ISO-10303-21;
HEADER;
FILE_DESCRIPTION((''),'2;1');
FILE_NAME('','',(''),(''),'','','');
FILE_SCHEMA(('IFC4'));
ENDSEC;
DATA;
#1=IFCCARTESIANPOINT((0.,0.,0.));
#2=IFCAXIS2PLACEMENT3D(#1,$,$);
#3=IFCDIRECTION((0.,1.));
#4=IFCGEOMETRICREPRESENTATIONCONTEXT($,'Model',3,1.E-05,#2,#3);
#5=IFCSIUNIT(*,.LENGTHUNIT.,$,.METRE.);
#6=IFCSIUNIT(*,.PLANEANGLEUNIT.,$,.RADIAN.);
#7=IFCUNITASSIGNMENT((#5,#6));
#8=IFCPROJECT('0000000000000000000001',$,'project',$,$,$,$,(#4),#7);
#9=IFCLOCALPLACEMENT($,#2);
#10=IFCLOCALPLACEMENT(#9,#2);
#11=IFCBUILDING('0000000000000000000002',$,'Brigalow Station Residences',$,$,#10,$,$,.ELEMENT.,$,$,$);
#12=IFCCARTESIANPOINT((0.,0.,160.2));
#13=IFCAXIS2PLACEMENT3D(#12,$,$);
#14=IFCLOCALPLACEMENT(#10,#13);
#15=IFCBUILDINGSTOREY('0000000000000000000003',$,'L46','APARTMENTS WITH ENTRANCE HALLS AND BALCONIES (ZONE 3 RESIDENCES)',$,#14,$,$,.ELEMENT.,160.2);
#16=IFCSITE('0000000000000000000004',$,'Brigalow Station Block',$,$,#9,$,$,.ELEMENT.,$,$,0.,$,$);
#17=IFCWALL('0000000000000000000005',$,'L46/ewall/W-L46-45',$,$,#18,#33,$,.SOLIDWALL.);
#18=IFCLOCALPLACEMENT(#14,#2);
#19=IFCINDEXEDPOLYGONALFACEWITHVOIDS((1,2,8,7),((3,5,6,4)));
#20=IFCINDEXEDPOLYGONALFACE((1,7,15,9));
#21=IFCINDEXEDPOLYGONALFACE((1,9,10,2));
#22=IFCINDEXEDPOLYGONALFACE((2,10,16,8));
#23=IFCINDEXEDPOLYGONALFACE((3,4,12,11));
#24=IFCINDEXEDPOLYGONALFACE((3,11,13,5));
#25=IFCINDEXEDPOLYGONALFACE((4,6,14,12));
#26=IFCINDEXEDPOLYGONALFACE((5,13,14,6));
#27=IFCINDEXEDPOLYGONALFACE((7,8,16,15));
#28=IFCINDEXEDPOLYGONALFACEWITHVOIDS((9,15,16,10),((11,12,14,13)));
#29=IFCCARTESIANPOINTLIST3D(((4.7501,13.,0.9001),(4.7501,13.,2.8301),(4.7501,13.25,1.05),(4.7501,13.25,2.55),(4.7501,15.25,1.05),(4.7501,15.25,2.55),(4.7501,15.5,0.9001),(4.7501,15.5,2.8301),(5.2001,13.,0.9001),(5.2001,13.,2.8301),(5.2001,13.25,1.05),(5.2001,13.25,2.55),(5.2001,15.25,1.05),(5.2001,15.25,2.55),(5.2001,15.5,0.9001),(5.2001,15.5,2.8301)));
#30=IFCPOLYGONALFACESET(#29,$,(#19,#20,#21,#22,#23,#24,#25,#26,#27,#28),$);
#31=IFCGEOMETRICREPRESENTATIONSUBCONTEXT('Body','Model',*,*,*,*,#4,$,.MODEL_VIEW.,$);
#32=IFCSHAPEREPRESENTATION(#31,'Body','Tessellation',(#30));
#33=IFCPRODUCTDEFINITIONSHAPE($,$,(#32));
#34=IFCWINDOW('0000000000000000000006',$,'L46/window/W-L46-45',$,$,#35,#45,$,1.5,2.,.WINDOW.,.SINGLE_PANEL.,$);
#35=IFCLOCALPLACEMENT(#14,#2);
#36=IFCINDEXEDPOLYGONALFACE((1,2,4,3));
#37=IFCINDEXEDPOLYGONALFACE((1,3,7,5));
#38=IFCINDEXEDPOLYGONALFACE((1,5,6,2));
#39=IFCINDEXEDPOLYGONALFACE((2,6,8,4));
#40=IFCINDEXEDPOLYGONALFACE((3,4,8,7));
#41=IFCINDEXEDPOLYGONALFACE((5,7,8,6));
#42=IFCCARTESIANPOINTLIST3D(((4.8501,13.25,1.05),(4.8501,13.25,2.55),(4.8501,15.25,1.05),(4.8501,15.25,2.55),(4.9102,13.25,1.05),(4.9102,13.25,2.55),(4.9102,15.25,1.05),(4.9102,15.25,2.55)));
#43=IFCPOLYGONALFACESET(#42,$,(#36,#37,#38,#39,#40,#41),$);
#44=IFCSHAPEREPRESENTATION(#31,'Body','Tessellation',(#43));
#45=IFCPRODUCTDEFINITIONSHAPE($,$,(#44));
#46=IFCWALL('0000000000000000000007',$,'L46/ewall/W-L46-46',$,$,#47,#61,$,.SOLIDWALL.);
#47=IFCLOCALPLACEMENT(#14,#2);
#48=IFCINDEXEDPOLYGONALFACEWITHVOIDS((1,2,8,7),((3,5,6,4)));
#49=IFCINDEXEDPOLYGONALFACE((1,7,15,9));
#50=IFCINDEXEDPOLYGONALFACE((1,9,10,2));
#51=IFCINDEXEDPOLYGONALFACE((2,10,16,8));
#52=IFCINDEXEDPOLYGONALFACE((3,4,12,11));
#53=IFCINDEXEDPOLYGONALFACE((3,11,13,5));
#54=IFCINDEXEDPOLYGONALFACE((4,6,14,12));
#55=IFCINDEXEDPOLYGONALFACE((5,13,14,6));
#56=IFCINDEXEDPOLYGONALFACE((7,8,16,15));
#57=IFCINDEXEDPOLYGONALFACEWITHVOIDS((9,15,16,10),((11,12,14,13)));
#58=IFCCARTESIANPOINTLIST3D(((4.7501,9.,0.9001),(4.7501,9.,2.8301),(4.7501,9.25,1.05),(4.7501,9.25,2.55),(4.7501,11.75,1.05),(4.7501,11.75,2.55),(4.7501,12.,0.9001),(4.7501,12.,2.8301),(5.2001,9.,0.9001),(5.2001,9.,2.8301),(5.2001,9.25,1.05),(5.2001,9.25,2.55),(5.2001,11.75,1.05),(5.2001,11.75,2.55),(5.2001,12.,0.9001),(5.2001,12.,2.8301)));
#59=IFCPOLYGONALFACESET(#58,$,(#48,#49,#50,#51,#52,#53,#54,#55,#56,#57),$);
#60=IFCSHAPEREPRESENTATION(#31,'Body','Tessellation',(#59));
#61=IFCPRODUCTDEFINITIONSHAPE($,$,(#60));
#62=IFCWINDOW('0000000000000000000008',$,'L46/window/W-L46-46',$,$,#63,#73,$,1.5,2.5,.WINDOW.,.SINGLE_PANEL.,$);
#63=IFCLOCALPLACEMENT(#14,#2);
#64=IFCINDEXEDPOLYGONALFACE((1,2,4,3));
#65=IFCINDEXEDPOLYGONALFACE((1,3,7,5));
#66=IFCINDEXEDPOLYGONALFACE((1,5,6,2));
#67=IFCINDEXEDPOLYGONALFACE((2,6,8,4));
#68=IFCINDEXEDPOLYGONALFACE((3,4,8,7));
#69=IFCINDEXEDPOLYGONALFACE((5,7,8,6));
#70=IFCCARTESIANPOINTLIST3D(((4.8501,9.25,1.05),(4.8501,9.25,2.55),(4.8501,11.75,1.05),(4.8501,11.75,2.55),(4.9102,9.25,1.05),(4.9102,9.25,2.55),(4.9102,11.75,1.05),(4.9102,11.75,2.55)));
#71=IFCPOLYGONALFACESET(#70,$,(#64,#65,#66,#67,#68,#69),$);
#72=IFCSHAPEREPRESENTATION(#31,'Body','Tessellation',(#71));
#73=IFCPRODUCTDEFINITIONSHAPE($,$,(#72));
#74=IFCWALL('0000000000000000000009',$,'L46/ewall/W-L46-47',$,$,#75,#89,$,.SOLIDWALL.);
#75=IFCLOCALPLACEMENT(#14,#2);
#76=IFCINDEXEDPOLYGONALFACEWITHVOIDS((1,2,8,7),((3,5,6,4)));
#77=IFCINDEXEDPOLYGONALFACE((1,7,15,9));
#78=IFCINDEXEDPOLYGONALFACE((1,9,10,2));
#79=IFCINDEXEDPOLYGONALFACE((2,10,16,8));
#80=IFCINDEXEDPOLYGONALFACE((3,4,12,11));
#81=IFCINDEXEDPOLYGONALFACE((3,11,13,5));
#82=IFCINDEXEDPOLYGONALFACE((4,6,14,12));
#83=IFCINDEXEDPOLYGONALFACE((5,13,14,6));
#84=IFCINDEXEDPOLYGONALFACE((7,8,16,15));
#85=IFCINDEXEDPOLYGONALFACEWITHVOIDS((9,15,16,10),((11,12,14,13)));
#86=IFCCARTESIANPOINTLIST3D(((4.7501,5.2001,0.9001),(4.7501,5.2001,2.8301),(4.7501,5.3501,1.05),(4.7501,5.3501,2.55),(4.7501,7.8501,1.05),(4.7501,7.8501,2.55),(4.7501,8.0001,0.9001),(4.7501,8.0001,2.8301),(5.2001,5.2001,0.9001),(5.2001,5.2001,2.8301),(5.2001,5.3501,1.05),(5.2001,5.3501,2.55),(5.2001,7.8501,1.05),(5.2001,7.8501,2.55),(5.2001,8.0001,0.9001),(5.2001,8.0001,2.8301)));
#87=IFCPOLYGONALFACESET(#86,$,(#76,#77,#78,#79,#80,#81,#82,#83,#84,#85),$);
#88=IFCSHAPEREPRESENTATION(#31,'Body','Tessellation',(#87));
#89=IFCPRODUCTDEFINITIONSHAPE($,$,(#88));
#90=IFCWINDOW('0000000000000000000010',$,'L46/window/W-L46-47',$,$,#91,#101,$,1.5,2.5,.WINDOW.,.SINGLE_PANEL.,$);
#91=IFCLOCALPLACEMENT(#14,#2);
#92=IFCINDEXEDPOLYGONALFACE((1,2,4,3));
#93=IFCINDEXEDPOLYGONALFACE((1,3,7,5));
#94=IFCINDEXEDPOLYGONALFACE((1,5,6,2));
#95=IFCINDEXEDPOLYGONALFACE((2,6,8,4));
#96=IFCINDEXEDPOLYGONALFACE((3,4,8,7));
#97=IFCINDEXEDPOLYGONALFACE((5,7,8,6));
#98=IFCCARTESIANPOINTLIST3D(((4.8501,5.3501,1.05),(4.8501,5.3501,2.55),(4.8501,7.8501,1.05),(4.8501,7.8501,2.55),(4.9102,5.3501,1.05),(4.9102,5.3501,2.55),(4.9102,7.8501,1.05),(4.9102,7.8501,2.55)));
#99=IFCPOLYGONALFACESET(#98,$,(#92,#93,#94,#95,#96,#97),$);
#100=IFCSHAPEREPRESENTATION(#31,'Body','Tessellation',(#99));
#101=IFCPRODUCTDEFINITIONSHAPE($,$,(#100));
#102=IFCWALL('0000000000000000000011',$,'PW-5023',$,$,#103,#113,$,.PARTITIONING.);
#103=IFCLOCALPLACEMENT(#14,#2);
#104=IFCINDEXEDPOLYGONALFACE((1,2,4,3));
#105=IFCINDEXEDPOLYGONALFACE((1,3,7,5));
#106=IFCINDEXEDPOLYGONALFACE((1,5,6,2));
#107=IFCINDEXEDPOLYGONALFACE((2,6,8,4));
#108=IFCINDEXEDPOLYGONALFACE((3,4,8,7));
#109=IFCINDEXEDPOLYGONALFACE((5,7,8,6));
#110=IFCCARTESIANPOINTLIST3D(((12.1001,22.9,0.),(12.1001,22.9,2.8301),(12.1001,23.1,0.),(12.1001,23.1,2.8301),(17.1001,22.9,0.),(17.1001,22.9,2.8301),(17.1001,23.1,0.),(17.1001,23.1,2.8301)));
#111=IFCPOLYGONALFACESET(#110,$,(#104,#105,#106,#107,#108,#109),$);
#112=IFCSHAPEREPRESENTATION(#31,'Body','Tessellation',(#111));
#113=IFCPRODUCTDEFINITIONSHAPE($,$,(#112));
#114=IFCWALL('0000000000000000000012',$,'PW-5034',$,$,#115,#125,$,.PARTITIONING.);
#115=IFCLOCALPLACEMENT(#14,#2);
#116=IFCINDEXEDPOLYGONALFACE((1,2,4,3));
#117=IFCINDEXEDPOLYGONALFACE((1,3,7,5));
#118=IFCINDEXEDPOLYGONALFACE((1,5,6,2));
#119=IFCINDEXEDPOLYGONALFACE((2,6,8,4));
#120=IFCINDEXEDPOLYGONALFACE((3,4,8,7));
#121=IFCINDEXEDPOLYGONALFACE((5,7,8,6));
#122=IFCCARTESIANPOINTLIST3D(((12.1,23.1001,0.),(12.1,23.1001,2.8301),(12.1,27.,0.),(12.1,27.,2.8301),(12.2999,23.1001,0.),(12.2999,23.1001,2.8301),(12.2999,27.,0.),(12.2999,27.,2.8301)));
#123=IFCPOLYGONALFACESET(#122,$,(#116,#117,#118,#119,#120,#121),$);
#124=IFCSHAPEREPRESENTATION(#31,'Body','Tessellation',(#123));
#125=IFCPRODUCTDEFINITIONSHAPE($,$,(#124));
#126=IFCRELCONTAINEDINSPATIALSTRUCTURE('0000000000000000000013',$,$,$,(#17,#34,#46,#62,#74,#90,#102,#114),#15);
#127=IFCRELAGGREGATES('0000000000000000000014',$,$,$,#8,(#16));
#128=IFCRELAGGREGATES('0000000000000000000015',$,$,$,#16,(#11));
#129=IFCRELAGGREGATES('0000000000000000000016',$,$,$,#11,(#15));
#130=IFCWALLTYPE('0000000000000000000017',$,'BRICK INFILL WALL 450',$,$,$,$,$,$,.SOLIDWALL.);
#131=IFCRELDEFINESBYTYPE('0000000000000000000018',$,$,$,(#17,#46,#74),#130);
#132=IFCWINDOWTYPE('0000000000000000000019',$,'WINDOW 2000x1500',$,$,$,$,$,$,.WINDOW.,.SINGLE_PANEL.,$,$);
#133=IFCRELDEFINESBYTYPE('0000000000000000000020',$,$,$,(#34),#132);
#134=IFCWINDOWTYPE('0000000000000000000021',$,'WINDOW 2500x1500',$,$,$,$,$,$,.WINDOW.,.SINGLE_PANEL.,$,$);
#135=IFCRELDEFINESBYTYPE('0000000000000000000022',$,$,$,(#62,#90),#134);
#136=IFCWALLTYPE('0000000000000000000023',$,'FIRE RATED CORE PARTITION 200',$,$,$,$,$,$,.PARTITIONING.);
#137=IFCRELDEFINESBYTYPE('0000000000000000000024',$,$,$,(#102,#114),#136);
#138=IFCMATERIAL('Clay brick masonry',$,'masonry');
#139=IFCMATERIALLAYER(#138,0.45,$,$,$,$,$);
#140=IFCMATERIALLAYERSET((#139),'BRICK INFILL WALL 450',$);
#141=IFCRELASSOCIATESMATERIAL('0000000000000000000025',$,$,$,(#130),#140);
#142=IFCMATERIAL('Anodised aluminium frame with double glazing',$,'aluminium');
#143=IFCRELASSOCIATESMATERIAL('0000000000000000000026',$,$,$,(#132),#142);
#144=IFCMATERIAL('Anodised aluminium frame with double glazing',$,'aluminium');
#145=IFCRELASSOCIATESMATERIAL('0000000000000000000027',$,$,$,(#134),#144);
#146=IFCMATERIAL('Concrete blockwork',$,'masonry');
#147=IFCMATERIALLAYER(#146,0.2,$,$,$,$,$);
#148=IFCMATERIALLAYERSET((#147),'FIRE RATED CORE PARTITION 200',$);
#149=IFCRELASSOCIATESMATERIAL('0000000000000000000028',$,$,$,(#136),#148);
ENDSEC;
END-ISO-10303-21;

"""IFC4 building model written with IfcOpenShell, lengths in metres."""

from ifc_helpers import new_model, si_unit, direction, frame, frame_2d, origin, place, context, subcontext, project, spatial, rectangle, extrude, material, layer, layer_set, type_object, element, fill, save


model = new_model("IFC4")

# Units and contexts
model_context = context("Model", 3, precision=1e-05, world=origin(), true_north=direction((0.0, 1.0)))
body_context = subcontext(model_context, "Body", "Model", "MODEL_VIEW")
ifc_project = project(units=[si_unit("LENGTHUNIT", "METRE"), si_unit("PLANEANGLEUNIT", "RADIAN")], contexts=[model_context])

# Site, building, storey
site_placement = place(None, origin())
site = spatial("IfcSite", under=ifc_project, at=site_placement, Name="Brigalow Station Block", CompositionType="ELEMENT", RefElevation=0.0)
building_placement = place(site_placement, origin())
building = spatial("IfcBuilding", under=site, at=building_placement, Name="Brigalow Station Residences", CompositionType="ELEMENT")
storey_placement = place(building_placement, frame((0.0, 0.0, 160.2)))
storey = spatial("IfcBuildingStorey", under=building, at=storey_placement, Name="L46", Description="APARTMENTS WITH ENTRANCE HALLS AND BALCONIES (ZONE 3 RESIDENCES)", CompositionType="ELEMENT", Elevation=160.2)

# Shared definitions
ifc_material_1 = material(Name="Clay brick masonry", Category="masonry")
ifc_layer_1 = layer(ifc_material_1, 0.45)
ifc_layer_set_1 = layer_set([ifc_layer_1], Name="BRICK INFILL WALL 450")
wall_type_1 = type_object("IfcWallType", Name="BRICK INFILL WALL 450", PredefinedType="SOLIDWALL", material=ifc_layer_set_1)

# Walls, openings, windows
wall_1_placement = place(storey_placement, frame((4.9751, 15.5, 0.9001), z_axis=(0.0, 0.0, 1.0), x_axis=(0.0, -1.0, 0.0)))
wall_1 = element("IfcWall", 1, at=wall_1_placement, inside=storey, type_object=wall_type_1, Name="L46/ewall/W-L46-45", PredefinedType="SOLIDWALL", context=body_context, shape_type="SweptSolid", body=[
    extrude(rectangle(XDim=2.5, YDim=0.45, at=frame_2d((1.25, 0.0))), origin(), (0.0, 0.0, 1.0), 1.9299),
])
opening_1_placement = place(wall_1_placement, frame((0.25, 0.0, 0.1499)))
opening_1 = element("IfcOpeningElement", 2, at=opening_1_placement, cuts=wall_1, PredefinedType="OPENING", context=body_context, shape_type="SweptSolid", body=[
    extrude(rectangle(XDim=2.0, YDim=1.5, at=frame_2d((1.0, 0.75))), frame((0.0, 0.2349, 0.0), z_axis=(0.0, -1.0, 0.0), x_axis=(1.0, 0.0, 0.0)), (0.0, 0.0, 1.0), 0.47),
])
ifc_material_2 = material(Name="Anodised aluminium frame with double glazing", Category="aluminium")
window_type_1 = type_object("IfcWindowType", Name="WINDOW 2000x1500", PartitioningType="SINGLE_PANEL", PredefinedType="WINDOW", material=ifc_material_2)
window_1_placement = place(opening_1_placement, origin())
window_1 = element("IfcWindow", 3, at=window_1_placement, inside=storey, type_object=window_type_1, Name="L46/window/W-L46-45", OverallHeight=1.5, OverallWidth=2.0, PartitioningType="SINGLE_PANEL", PredefinedType="WINDOW", context=body_context, shape_type="SweptSolid", body=[
    extrude(rectangle(XDim=2.0, YDim=1.5, at=frame_2d((1.0, 0.75))), frame((0.0, -0.0649, 0.0), z_axis=(0.0, -1.0, 0.0), x_axis=(1.0, 0.0, 0.0)), (0.0, 0.0, 1.0), 0.0601),
])
fill(opening_1, window_1)
wall_2_placement = place(storey_placement, frame((4.9751, 12.0, 0.9001), z_axis=(0.0, 0.0, 1.0), x_axis=(0.0, -1.0, 0.0)))
wall_2 = element("IfcWall", 4, at=wall_2_placement, inside=storey, type_object=wall_type_1, Name="L46/ewall/W-L46-46", PredefinedType="SOLIDWALL", context=body_context, shape_type="SweptSolid", body=[
    extrude(rectangle(XDim=3.0, YDim=0.45, at=frame_2d((1.5, 0.0))), origin(), (0.0, 0.0, 1.0), 1.9299),
])
opening_2_placement = place(wall_2_placement, frame((0.25, 0.0, 0.1499)))
opening_2 = element("IfcOpeningElement", 5, at=opening_2_placement, cuts=wall_2, PredefinedType="OPENING", context=body_context, shape_type="SweptSolid", body=[
    extrude(rectangle(XDim=2.5, YDim=1.5, at=frame_2d((1.25, 0.75))), frame((0.0, 0.2349, 0.0), z_axis=(0.0, -1.0, 0.0), x_axis=(1.0, 0.0, 0.0)), (0.0, 0.0, 1.0), 0.47),
])
ifc_material_3 = material(Name="Anodised aluminium frame with double glazing", Category="aluminium")
window_type_2 = type_object("IfcWindowType", Name="WINDOW 2500x1500", PartitioningType="SINGLE_PANEL", PredefinedType="WINDOW", material=ifc_material_3)
window_2_placement = place(opening_2_placement, origin())
window_2 = element("IfcWindow", 6, at=window_2_placement, inside=storey, type_object=window_type_2, Name="L46/window/W-L46-46", OverallHeight=1.5, OverallWidth=2.5, PartitioningType="SINGLE_PANEL", PredefinedType="WINDOW", context=body_context, shape_type="SweptSolid", body=[
    extrude(rectangle(XDim=2.5, YDim=1.5, at=frame_2d((1.25, 0.75))), frame((0.0, -0.0649, 0.0), z_axis=(0.0, -1.0, 0.0), x_axis=(1.0, 0.0, 0.0)), (0.0, 0.0, 1.0), 0.0601),
])
fill(opening_2, window_2)
wall_3_placement = place(storey_placement, frame((4.9751, 8.0, 0.9001), z_axis=(0.0, 0.0, 1.0), x_axis=(0.0, -1.0, 0.0)))
wall_3 = element("IfcWall", 7, at=wall_3_placement, inside=storey, type_object=wall_type_1, Name="L46/ewall/W-L46-47", PredefinedType="SOLIDWALL", context=body_context, shape_type="SweptSolid", body=[
    extrude(rectangle(XDim=2.8, YDim=0.45, at=frame_2d((1.3999, 0.0))), origin(), (0.0, 0.0, 1.0), 1.9299),
])
opening_3_placement = place(wall_3_placement, frame((0.1499, 0.0, 0.1499)))
opening_3 = element("IfcOpeningElement", 8, at=opening_3_placement, cuts=wall_3, PredefinedType="OPENING", context=body_context, shape_type="SweptSolid", body=[
    extrude(rectangle(XDim=2.5, YDim=1.5, at=frame_2d((1.25, 0.75))), frame((0.0, 0.2349, 0.0), z_axis=(0.0, -1.0, 0.0), x_axis=(1.0, 0.0, 0.0)), (0.0, 0.0, 1.0), 0.47),
])
window_3_placement = place(opening_3_placement, origin())
window_3 = element("IfcWindow", 9, at=window_3_placement, inside=storey, type_object=window_type_2, Name="L46/window/W-L46-47", OverallHeight=1.5, OverallWidth=2.5, PartitioningType="SINGLE_PANEL", PredefinedType="WINDOW", context=body_context, shape_type="SweptSolid", body=[
    extrude(rectangle(XDim=2.5, YDim=1.5, at=frame_2d((1.25, 0.75))), frame((0.0, -0.0649, 0.0), z_axis=(0.0, -1.0, 0.0), x_axis=(1.0, 0.0, 0.0)), (0.0, 0.0, 1.0), 0.0601),
])
fill(opening_3, window_3)

# Walls
ifc_material_4 = material(Name="Concrete blockwork", Category="masonry")
ifc_layer_2 = layer(ifc_material_4, 0.2)
ifc_layer_set_2 = layer_set([ifc_layer_2], Name="FIRE RATED CORE PARTITION 200")
wall_type_2 = type_object("IfcWallType", Name="FIRE RATED CORE PARTITION 200", PredefinedType="PARTITIONING", material=ifc_layer_set_2)
wall_4_placement = place(storey_placement, frame((12.1001, 23.0, 0.0), z_axis=(0.0, 0.0, 1.0), x_axis=(1.0, 0.0, 0.0)))
element("IfcWall", 10, at=wall_4_placement, inside=storey, type_object=wall_type_2, Name="PW-5023", PredefinedType="PARTITIONING", context=body_context, shape_type="SweptSolid", body=[
    extrude(rectangle(XDim=5.0, YDim=0.2, at=frame_2d((2.5, 0.0))), origin(), (0.0, 0.0, 1.0), 2.8301),
])
wall_5_placement = place(storey_placement, frame((12.2, 23.1001, 0.0), z_axis=(0.0, 0.0, 1.0), x_axis=(0.0, 1.0, 0.0)))
element("IfcWall", 11, at=wall_5_placement, inside=storey, type_object=wall_type_2, Name="PW-5034", PredefinedType="PARTITIONING", context=body_context, shape_type="SweptSolid", body=[
    extrude(rectangle(XDim=3.8999, YDim=0.2, at=frame_2d((1.95, 0.0))), origin(), (0.0, 0.0, 1.0), 2.8301),
])

save(model, "model.ifc")
